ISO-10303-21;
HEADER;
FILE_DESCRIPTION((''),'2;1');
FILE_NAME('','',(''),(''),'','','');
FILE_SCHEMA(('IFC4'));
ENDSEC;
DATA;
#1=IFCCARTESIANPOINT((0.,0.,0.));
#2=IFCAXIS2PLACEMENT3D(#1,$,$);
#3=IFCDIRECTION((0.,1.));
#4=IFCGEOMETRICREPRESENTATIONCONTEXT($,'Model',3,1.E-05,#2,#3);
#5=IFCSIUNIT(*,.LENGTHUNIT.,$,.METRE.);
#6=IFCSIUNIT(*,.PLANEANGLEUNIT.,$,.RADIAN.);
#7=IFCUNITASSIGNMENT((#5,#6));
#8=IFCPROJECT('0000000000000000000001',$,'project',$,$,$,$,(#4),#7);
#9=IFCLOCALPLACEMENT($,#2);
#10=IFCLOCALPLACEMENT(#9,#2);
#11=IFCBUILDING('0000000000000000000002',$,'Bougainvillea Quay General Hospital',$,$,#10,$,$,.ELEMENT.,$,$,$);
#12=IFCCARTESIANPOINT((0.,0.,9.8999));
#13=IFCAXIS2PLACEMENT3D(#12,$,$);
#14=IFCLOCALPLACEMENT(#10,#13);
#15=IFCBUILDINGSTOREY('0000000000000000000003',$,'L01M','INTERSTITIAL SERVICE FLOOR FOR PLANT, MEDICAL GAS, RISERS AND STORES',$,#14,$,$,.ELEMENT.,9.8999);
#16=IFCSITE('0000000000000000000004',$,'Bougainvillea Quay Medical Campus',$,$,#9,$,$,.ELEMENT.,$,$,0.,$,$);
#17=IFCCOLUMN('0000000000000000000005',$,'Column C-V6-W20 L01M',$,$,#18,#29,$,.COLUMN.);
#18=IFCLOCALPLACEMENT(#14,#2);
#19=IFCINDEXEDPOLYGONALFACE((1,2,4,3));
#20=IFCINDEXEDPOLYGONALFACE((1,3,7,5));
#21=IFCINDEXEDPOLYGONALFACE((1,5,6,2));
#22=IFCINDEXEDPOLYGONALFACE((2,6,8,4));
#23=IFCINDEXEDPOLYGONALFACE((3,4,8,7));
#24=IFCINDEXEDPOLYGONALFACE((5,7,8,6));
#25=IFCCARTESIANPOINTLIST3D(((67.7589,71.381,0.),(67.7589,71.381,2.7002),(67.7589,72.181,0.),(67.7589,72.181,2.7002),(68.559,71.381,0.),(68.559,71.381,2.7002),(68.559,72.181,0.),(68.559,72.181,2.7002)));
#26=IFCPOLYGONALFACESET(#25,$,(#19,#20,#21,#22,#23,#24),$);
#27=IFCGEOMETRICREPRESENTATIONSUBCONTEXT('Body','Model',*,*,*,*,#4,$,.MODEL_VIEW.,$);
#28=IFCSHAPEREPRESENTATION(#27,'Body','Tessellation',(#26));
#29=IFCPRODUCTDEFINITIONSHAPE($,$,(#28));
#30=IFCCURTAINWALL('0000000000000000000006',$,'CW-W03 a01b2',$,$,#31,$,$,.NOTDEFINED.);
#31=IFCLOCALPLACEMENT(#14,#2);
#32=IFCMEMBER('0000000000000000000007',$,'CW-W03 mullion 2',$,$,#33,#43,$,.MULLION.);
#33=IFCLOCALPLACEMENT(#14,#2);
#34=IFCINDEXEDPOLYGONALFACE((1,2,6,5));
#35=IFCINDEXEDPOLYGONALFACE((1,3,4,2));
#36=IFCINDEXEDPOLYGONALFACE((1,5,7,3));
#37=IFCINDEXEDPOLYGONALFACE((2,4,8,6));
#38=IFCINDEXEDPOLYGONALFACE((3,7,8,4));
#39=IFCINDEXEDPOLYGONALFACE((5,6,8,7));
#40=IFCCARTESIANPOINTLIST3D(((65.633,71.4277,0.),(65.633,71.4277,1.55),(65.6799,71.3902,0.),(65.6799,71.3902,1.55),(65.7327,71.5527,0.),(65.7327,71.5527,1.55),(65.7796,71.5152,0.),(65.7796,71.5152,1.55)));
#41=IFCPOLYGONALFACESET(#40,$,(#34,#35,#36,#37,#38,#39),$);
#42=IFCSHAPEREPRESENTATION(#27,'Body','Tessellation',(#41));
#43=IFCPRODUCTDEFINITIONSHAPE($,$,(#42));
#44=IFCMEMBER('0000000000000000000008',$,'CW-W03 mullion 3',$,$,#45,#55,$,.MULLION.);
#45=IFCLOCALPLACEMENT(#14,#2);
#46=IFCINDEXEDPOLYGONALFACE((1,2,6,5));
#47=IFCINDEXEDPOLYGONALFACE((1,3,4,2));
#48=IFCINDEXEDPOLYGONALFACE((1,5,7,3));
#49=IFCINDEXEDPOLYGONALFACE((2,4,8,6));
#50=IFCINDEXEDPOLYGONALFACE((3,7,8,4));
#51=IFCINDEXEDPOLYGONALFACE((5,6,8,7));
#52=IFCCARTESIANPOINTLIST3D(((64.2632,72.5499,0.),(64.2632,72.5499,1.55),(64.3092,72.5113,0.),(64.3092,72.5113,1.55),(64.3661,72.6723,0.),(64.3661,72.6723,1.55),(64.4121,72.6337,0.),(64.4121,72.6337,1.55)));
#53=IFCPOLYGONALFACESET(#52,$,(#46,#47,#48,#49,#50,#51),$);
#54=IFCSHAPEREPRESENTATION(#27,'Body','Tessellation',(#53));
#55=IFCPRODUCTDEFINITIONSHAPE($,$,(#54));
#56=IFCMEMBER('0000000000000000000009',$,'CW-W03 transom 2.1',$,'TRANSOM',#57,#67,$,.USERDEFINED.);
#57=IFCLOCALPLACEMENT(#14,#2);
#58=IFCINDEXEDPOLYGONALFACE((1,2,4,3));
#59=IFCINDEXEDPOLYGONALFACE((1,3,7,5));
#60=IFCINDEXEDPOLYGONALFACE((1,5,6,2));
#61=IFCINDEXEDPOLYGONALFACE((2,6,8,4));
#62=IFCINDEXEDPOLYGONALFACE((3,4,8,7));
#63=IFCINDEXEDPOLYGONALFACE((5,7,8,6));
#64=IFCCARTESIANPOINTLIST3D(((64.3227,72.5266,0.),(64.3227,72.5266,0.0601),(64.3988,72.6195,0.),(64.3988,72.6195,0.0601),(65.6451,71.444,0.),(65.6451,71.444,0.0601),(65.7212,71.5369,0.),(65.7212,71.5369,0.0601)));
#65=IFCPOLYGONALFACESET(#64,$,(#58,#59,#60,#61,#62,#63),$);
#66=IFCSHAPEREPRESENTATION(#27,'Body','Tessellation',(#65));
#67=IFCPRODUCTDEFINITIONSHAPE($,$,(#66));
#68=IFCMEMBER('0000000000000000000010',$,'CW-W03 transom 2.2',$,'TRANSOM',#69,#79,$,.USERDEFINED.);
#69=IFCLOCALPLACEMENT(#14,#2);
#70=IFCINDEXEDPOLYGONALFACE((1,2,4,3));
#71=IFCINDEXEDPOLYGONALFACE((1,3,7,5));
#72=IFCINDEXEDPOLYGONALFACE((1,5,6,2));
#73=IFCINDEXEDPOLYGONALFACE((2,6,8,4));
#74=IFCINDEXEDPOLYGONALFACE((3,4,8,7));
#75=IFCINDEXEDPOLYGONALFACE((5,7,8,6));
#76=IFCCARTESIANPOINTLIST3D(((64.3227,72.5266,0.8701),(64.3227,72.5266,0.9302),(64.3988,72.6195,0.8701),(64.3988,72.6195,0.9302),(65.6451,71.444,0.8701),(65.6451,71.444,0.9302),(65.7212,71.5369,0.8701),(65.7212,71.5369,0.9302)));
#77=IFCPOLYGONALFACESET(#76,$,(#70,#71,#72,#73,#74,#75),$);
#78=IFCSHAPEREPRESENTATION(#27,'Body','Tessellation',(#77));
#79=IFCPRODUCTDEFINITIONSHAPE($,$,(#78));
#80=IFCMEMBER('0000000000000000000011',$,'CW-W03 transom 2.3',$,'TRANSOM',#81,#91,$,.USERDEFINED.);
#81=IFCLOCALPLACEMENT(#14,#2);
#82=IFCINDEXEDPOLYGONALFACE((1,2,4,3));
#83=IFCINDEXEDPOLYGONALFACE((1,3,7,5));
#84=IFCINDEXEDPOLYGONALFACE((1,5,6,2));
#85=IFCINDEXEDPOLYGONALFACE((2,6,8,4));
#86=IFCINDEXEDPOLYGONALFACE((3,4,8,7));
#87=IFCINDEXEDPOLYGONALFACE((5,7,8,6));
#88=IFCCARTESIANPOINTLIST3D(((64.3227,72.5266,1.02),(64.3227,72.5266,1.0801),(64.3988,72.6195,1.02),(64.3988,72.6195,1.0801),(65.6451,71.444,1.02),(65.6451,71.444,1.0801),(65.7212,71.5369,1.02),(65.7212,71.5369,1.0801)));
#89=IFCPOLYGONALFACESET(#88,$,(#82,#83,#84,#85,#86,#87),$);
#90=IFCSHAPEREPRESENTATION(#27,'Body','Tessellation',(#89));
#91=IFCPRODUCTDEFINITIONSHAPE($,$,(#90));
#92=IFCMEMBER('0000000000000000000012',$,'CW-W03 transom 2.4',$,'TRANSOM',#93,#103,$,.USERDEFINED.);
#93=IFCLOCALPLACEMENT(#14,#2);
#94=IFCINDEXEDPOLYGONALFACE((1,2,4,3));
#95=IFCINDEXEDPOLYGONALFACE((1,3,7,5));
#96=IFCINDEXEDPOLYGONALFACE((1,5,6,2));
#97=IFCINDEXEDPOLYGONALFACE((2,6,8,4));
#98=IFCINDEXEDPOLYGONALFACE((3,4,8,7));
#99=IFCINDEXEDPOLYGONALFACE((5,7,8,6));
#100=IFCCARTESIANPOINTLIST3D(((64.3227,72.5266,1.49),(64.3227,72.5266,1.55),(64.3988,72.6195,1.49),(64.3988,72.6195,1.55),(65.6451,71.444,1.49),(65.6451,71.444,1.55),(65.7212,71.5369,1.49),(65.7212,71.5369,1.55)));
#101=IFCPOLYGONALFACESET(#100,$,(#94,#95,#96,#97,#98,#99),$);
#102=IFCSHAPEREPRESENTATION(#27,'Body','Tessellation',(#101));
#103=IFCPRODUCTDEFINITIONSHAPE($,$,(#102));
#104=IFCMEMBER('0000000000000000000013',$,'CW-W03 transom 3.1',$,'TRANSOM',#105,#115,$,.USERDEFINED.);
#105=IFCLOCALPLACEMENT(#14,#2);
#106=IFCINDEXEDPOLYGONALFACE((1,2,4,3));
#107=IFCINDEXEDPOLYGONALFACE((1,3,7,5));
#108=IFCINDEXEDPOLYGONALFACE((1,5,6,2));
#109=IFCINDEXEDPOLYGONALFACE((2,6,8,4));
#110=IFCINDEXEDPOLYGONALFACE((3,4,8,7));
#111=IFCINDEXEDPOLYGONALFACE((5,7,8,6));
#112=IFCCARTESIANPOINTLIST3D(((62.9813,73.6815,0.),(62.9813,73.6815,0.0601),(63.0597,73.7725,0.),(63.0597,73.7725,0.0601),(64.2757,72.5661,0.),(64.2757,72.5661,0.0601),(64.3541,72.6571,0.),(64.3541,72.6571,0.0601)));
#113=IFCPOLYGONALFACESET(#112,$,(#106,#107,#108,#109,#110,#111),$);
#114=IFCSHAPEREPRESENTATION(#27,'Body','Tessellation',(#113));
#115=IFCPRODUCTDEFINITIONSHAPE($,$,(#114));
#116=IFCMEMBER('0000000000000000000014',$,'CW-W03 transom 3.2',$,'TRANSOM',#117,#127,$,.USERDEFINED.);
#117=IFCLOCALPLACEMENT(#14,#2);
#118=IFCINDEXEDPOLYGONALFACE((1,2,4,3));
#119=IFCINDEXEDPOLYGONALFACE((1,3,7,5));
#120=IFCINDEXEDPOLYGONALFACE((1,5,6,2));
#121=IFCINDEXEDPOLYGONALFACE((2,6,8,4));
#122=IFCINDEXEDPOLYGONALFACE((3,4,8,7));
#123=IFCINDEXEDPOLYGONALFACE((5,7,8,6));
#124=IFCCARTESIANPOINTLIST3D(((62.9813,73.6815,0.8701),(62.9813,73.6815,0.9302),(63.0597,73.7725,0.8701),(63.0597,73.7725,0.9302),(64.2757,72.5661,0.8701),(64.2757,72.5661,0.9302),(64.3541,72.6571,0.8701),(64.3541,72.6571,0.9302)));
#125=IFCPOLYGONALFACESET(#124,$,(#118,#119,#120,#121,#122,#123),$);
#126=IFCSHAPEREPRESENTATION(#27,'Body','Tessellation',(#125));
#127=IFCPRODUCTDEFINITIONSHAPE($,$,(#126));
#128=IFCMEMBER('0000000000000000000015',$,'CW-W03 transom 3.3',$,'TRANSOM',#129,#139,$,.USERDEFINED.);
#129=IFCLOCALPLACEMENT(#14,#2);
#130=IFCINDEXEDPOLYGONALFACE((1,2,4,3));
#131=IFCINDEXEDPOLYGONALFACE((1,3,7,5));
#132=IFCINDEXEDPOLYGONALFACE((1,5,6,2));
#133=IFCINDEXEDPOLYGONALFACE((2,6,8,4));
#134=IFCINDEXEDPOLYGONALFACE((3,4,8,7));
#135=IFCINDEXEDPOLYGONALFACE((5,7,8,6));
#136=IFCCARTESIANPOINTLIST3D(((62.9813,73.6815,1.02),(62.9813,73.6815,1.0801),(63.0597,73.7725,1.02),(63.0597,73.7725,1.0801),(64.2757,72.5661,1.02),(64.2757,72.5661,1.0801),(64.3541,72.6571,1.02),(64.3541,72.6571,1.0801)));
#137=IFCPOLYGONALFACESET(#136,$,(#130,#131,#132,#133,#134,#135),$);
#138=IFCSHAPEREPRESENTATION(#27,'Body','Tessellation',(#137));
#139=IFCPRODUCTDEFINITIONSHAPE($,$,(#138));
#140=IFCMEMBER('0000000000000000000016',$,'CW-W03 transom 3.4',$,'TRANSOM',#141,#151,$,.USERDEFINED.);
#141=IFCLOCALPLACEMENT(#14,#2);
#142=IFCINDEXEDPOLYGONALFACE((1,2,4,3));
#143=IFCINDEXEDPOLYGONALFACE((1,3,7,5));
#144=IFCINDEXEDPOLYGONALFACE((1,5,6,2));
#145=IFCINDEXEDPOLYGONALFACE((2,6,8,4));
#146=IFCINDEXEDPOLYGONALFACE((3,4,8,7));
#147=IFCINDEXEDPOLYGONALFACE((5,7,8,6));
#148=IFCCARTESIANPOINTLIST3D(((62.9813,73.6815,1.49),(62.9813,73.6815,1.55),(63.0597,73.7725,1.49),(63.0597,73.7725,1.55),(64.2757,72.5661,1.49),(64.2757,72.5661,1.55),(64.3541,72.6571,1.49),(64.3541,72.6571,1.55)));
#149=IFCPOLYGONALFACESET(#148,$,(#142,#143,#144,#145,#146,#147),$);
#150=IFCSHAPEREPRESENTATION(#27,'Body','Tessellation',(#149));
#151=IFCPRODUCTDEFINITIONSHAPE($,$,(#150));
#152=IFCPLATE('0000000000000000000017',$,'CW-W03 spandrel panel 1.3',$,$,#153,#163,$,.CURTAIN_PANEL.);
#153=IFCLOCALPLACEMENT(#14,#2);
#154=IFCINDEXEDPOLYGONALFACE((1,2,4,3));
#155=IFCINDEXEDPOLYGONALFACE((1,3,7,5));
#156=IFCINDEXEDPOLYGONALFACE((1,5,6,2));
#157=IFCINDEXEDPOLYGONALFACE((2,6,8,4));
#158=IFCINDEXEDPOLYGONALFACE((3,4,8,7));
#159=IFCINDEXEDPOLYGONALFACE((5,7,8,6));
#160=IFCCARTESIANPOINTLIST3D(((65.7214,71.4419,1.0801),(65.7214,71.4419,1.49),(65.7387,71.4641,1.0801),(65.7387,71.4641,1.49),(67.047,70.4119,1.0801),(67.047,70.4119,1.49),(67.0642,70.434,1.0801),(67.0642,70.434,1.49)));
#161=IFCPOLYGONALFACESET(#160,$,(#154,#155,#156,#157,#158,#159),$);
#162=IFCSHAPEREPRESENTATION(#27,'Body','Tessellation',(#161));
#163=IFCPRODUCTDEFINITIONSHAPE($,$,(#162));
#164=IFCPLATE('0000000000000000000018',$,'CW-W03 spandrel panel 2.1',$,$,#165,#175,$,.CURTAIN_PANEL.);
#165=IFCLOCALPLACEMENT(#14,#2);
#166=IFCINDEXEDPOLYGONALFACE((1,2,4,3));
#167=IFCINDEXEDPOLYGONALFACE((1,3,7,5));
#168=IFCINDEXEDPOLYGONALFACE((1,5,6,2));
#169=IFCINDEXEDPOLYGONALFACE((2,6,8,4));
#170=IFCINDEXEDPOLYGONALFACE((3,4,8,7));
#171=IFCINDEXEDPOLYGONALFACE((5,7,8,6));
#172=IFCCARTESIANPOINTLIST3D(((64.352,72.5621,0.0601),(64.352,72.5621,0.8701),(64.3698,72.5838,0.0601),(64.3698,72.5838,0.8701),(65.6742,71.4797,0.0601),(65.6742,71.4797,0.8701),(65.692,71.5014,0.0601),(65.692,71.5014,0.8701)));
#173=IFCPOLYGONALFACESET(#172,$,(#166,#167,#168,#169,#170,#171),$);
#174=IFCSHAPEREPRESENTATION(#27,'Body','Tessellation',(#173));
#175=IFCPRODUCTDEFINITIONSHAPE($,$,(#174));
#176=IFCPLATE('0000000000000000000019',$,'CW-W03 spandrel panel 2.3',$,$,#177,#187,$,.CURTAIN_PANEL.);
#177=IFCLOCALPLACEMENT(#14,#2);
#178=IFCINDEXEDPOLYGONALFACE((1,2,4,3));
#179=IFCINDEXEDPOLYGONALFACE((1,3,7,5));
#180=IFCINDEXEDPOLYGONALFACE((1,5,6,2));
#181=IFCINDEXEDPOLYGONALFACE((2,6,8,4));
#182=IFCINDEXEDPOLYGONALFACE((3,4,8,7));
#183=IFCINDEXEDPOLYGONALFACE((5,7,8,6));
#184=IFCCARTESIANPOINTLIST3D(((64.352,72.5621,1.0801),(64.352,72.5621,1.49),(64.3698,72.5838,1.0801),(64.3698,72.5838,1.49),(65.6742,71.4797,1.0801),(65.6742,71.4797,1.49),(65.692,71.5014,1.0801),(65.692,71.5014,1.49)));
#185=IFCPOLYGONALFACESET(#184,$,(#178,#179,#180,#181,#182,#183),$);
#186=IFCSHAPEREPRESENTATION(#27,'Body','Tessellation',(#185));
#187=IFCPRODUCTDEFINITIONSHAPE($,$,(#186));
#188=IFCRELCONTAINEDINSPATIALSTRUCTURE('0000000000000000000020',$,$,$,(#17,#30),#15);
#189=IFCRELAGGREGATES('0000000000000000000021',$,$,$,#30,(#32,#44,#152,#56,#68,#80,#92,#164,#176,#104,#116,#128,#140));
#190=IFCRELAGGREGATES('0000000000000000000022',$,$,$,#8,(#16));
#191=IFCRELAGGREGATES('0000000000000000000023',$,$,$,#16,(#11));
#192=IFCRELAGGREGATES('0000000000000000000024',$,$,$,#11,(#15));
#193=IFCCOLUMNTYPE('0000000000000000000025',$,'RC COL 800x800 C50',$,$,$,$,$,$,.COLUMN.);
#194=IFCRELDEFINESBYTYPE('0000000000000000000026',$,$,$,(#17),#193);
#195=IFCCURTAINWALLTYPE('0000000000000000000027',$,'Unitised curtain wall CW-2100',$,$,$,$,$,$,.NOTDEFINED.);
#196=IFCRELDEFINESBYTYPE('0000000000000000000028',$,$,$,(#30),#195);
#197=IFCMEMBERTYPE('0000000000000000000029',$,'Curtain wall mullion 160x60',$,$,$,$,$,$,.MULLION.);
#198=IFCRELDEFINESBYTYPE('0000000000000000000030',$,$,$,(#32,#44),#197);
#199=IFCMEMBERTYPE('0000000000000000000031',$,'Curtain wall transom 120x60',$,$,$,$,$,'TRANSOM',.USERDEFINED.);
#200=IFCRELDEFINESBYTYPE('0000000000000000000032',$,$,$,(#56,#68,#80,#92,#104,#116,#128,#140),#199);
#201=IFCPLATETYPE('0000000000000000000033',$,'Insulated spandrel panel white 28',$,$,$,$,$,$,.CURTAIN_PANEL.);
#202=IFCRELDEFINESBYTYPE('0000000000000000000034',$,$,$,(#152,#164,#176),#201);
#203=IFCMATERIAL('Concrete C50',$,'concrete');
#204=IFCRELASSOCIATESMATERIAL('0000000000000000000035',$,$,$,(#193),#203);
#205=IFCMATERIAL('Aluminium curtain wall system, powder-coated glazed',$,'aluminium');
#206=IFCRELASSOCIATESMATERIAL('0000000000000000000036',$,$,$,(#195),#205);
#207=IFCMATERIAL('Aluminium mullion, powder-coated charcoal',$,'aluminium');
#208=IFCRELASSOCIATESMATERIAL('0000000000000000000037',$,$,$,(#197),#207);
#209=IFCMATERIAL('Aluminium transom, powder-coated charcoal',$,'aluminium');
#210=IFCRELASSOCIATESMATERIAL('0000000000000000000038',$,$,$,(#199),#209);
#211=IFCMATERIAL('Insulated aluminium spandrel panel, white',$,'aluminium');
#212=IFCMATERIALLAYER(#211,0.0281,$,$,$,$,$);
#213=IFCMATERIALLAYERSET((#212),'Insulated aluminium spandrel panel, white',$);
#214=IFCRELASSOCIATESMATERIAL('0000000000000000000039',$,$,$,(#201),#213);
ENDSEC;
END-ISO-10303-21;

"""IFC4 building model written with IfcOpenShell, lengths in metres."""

from ifc_helpers import new_model, si_unit, direction, frame, origin, origin_2d, place, context, subcontext, project, spatial, rectangle, extrude, material, layer, layer_set, material_profile, profile_set, type_object, element, aggregate, save


model = new_model("IFC4")

# Units and contexts
model_context = context("Model", 3, precision=1e-05, world=origin(), true_north=direction((0.0, 1.0)))
body_context = subcontext(model_context, "Body", "Model", "MODEL_VIEW")
ifc_project = project(units=[si_unit("LENGTHUNIT", "METRE"), si_unit("PLANEANGLEUNIT", "RADIAN")], contexts=[model_context])

# Site, building, storey
site_placement = place(None, origin())
site = spatial("IfcSite", under=ifc_project, at=site_placement, Name="Bougainvillea Quay Medical Campus", CompositionType="ELEMENT", RefElevation=0.0)
building_placement = place(site_placement, origin())
building = spatial("IfcBuilding", under=site, at=building_placement, Name="Bougainvillea Quay General Hospital", CompositionType="ELEMENT")
storey_placement = place(building_placement, frame((0.0, 0.0, 9.8999)))
storey = spatial("IfcBuildingStorey", under=building, at=storey_placement, Name="L01M", Description="INTERSTITIAL SERVICE FLOOR FOR PLANT, MEDICAL GAS, RISERS AND STORES", CompositionType="ELEMENT", Elevation=9.8999)

# Column
ifc_material_1 = material(Name="Concrete C50", Category="concrete")
ifc_material_profile_1 = material_profile(ifc_material_1, rectangle(XDim=0.8, YDim=0.8, at=origin_2d()))
ifc_profile_set_1 = profile_set([ifc_material_profile_1], Name="Concrete C50")
column_type = type_object("IfcColumnType", Name="RC COL 800x800 C50", PredefinedType="COLUMN", material=ifc_profile_set_1)
column_placement = place(storey_placement, frame((68.1589, 71.781, 0.0), z_axis=(0.0, 0.0, 1.0), x_axis=(1.0, 0.0, 0.0)))
element("IfcColumn", 1, at=column_placement, inside=storey, type_object=column_type, Name="Column C-V6-W20 L01M", PredefinedType="COLUMN", context=body_context, shape_type="SweptSolid", body=[
    extrude(rectangle(XDim=0.8, YDim=0.8, at=origin_2d()), origin(), (0.0, 0.0, 1.0), 2.7002),
])

# Curtain wall, members, plates
ifc_material_2 = material(Name="Aluminium curtain wall system, powder-coated glazed", Category="aluminium")
curtain_wall_type = type_object("IfcCurtainWallType", Name="Unitised curtain wall CW-2100", PredefinedType="NOTDEFINED", material=ifc_material_2)
curtain_wall_placement = place(storey_placement, origin())
curtain_wall = element("IfcCurtainWall", 2, at=curtain_wall_placement, inside=storey, type_object=curtain_wall_type, Name="CW-W03 a01b2", PredefinedType="NOTDEFINED")
ifc_material_3 = material(Name="Aluminium mullion, powder-coated charcoal", Category="aluminium")
ifc_material_profile_2 = material_profile(ifc_material_3, rectangle(XDim=0.1599, YDim=0.0601, at=origin_2d()))
ifc_profile_set_2 = profile_set([ifc_material_profile_2], Name="Aluminium mullion, powder-coated charcoal")
member_type_1 = type_object("IfcMemberType", Name="Curtain wall mullion 160x60", PredefinedType="MULLION", material=ifc_profile_set_2)
member_1_placement = place(storey_placement, frame((65.7063, 71.4714, 0.0), z_axis=(0.0, 0.0, 1.0), x_axis=(-0.623566, -0.781771, 0.0)))
member_1 = element("IfcMember", 3, at=member_1_placement, type_object=member_type_1, Name="CW-W03 mullion 2", PredefinedType="MULLION", context=body_context, shape_type="SweptSolid", body=[
    extrude(rectangle(XDim=0.1599, YDim=0.0601, at=origin_2d()), origin(), (0.0, 0.0, 1.0), 1.55),
])
member_2_placement = place(storey_placement, frame((64.3376, 72.5918, 0.0), z_axis=(0.0, 0.0, 1.0), x_axis=(-0.643189, -0.765708, 0.0)))
member_2 = element("IfcMember", 4, at=member_2_placement, type_object=member_type_1, Name="CW-W03 mullion 3", PredefinedType="MULLION", context=body_context, shape_type="SweptSolid", body=[
    extrude(rectangle(XDim=0.1599, YDim=0.0601, at=origin_2d()), origin(), (0.0, 0.0, 1.0), 1.55),
])
ifc_material_4 = material(Name="Aluminium transom, powder-coated charcoal", Category="aluminium")
ifc_material_profile_3 = material_profile(ifc_material_4, rectangle(XDim=0.1201, YDim=0.0601, at=origin_2d()))
ifc_profile_set_3 = profile_set([ifc_material_profile_3], Name="Aluminium transom, powder-coated charcoal")
member_type_2 = type_object("IfcMemberType", Name="Curtain wall transom 120x60", ElementType="TRANSOM", PredefinedType="USERDEFINED", material=ifc_profile_set_3)
member_3_placement = place(storey_placement, frame((65.6831, 71.4905, 0.03), z_axis=(-0.773766, 0.633471, 0.0), x_axis=(-0.633471, -0.773766, 0.0)))
member_3 = element("IfcMember", 5, at=member_3_placement, type_object=member_type_2, Name="CW-W03 transom 2.1", ObjectType="TRANSOM", PredefinedType="USERDEFINED", context=body_context, shape_type="SweptSolid", body=[
    extrude(rectangle(XDim=0.1201, YDim=0.0601, at=origin_2d()), origin(), (0.0, 0.0, 1.0), 1.709),
])
member_4_placement = place(storey_placement, frame((65.6831, 71.4905, 0.9001), z_axis=(-0.773766, 0.633471, 0.0), x_axis=(-0.633471, -0.773766, 0.0)))
member_4 = element("IfcMember", 6, at=member_4_placement, type_object=member_type_2, Name="CW-W03 transom 2.2", ObjectType="TRANSOM", PredefinedType="USERDEFINED", context=body_context, shape_type="SweptSolid", body=[
    extrude(rectangle(XDim=0.1201, YDim=0.0601, at=origin_2d()), origin(), (0.0, 0.0, 1.0), 1.709),
])
member_5_placement = place(storey_placement, frame((65.6831, 71.4905, 1.05), z_axis=(-0.773766, 0.633471, 0.0), x_axis=(-0.633471, -0.773766, 0.0)))
member_5 = element("IfcMember", 7, at=member_5_placement, type_object=member_type_2, Name="CW-W03 transom 2.3", ObjectType="TRANSOM", PredefinedType="USERDEFINED", context=body_context, shape_type="SweptSolid", body=[
    extrude(rectangle(XDim=0.1201, YDim=0.0601, at=origin_2d()), origin(), (0.0, 0.0, 1.0), 1.709),
])
member_6_placement = place(storey_placement, frame((65.6831, 71.4905, 1.52), z_axis=(-0.773766, 0.633471, 0.0), x_axis=(-0.633471, -0.773766, 0.0)))
member_6 = element("IfcMember", 8, at=member_6_placement, type_object=member_type_2, Name="CW-W03 transom 2.4", ObjectType="TRANSOM", PredefinedType="USERDEFINED", context=body_context, shape_type="SweptSolid", body=[
    extrude(rectangle(XDim=0.1201, YDim=0.0601, at=origin_2d()), origin(), (0.0, 0.0, 1.0), 1.709),
])
member_7_placement = place(storey_placement, frame((64.3149, 72.6116, 0.03), z_axis=(-0.757529, 0.652801, 0.0), x_axis=(-0.652801, -0.757529, 0.0)))
member_7 = element("IfcMember", 9, at=member_7_placement, type_object=member_type_2, Name="CW-W03 transom 3.1", ObjectType="TRANSOM", PredefinedType="USERDEFINED", context=body_context, shape_type="SweptSolid", body=[
    extrude(rectangle(XDim=0.1201, YDim=0.0601, at=origin_2d()), origin(), (0.0, 0.0, 1.0), 1.7087),
])
member_8_placement = place(storey_placement, frame((64.3149, 72.6116, 0.9001), z_axis=(-0.757529, 0.652801, 0.0), x_axis=(-0.652801, -0.757529, 0.0)))
member_8 = element("IfcMember", 10, at=member_8_placement, type_object=member_type_2, Name="CW-W03 transom 3.2", ObjectType="TRANSOM", PredefinedType="USERDEFINED", context=body_context, shape_type="SweptSolid", body=[
    extrude(rectangle(XDim=0.1201, YDim=0.0601, at=origin_2d()), origin(), (0.0, 0.0, 1.0), 1.7087),
])
member_9_placement = place(storey_placement, frame((64.3149, 72.6116, 1.05), z_axis=(-0.757529, 0.652801, 0.0), x_axis=(-0.652801, -0.757529, 0.0)))
member_9 = element("IfcMember", 11, at=member_9_placement, type_object=member_type_2, Name="CW-W03 transom 3.3", ObjectType="TRANSOM", PredefinedType="USERDEFINED", context=body_context, shape_type="SweptSolid", body=[
    extrude(rectangle(XDim=0.1201, YDim=0.0601, at=origin_2d()), origin(), (0.0, 0.0, 1.0), 1.7087),
])
member_10_placement = place(storey_placement, frame((64.3149, 72.6116, 1.52), z_axis=(-0.757529, 0.652801, 0.0), x_axis=(-0.652801, -0.757529, 0.0)))
member_10 = element("IfcMember", 12, at=member_10_placement, type_object=member_type_2, Name="CW-W03 transom 3.4", ObjectType="TRANSOM", PredefinedType="USERDEFINED", context=body_context, shape_type="SweptSolid", body=[
    extrude(rectangle(XDim=0.1201, YDim=0.0601, at=origin_2d()), origin(), (0.0, 0.0, 1.0), 1.7087),
])
ifc_material_5 = material(Name="Insulated aluminium spandrel panel, white", Category="aluminium")
ifc_layer_1 = layer(ifc_material_5, 0.0281)
ifc_layer_set_1 = layer_set([ifc_layer_1], Name="Insulated aluminium spandrel panel, white")
plate_type_1 = type_object("IfcPlateType", Name="Insulated spandrel panel white 28", PredefinedType="CURTAIN_PANEL", material=ifc_layer_set_1)
plate_1_placement = place(storey_placement, frame((66.3928, 70.938, 1.0801), z_axis=(0.0, 0.0, 1.0), x_axis=(-0.789614, 0.613603, 0.0)))
plate_1 = element("IfcPlate", 13, at=plate_1_placement, type_object=plate_type_1, Name="CW-W03 spandrel panel 1.3", PredefinedType="CURTAIN_PANEL", context=body_context, shape_type="SweptSolid", body=[
    extrude(rectangle(XDim=1.6787, YDim=0.0281, at=origin_2d()), origin(), (0.0, 0.0, 1.0), 0.4099),
])
plate_2_placement = place(storey_placement, frame((65.022, 72.0317, 0.0601), z_axis=(0.0, 0.0, 1.0), x_axis=(-0.773802, 0.633428, 0.0)))
plate_2 = element("IfcPlate", 14, at=plate_2_placement, type_object=plate_type_1, Name="CW-W03 spandrel panel 2.1", PredefinedType="CURTAIN_PANEL", context=body_context, shape_type="SweptSolid", body=[
    extrude(rectangle(XDim=1.7087, YDim=0.0281, at=origin_2d()), origin(), (0.0, 0.0, 1.0), 0.8101),
])
plate_3_placement = place(storey_placement, frame((65.022, 72.0317, 1.0801), z_axis=(0.0, 0.0, 1.0), x_axis=(-0.773802, 0.633428, 0.0)))
plate_3 = element("IfcPlate", 15, at=plate_3_placement, type_object=plate_type_1, Name="CW-W03 spandrel panel 2.3", PredefinedType="CURTAIN_PANEL", context=body_context, shape_type="SweptSolid", body=[
    extrude(rectangle(XDim=1.7087, YDim=0.0281, at=origin_2d()), origin(), (0.0, 0.0, 1.0), 0.4099),
])
aggregate(curtain_wall, [member_1, member_2, plate_1, member_3, member_4, member_5, member_6, plate_2, plate_3, member_7, member_8, member_9, member_10])

save(model, "model.ifc")
